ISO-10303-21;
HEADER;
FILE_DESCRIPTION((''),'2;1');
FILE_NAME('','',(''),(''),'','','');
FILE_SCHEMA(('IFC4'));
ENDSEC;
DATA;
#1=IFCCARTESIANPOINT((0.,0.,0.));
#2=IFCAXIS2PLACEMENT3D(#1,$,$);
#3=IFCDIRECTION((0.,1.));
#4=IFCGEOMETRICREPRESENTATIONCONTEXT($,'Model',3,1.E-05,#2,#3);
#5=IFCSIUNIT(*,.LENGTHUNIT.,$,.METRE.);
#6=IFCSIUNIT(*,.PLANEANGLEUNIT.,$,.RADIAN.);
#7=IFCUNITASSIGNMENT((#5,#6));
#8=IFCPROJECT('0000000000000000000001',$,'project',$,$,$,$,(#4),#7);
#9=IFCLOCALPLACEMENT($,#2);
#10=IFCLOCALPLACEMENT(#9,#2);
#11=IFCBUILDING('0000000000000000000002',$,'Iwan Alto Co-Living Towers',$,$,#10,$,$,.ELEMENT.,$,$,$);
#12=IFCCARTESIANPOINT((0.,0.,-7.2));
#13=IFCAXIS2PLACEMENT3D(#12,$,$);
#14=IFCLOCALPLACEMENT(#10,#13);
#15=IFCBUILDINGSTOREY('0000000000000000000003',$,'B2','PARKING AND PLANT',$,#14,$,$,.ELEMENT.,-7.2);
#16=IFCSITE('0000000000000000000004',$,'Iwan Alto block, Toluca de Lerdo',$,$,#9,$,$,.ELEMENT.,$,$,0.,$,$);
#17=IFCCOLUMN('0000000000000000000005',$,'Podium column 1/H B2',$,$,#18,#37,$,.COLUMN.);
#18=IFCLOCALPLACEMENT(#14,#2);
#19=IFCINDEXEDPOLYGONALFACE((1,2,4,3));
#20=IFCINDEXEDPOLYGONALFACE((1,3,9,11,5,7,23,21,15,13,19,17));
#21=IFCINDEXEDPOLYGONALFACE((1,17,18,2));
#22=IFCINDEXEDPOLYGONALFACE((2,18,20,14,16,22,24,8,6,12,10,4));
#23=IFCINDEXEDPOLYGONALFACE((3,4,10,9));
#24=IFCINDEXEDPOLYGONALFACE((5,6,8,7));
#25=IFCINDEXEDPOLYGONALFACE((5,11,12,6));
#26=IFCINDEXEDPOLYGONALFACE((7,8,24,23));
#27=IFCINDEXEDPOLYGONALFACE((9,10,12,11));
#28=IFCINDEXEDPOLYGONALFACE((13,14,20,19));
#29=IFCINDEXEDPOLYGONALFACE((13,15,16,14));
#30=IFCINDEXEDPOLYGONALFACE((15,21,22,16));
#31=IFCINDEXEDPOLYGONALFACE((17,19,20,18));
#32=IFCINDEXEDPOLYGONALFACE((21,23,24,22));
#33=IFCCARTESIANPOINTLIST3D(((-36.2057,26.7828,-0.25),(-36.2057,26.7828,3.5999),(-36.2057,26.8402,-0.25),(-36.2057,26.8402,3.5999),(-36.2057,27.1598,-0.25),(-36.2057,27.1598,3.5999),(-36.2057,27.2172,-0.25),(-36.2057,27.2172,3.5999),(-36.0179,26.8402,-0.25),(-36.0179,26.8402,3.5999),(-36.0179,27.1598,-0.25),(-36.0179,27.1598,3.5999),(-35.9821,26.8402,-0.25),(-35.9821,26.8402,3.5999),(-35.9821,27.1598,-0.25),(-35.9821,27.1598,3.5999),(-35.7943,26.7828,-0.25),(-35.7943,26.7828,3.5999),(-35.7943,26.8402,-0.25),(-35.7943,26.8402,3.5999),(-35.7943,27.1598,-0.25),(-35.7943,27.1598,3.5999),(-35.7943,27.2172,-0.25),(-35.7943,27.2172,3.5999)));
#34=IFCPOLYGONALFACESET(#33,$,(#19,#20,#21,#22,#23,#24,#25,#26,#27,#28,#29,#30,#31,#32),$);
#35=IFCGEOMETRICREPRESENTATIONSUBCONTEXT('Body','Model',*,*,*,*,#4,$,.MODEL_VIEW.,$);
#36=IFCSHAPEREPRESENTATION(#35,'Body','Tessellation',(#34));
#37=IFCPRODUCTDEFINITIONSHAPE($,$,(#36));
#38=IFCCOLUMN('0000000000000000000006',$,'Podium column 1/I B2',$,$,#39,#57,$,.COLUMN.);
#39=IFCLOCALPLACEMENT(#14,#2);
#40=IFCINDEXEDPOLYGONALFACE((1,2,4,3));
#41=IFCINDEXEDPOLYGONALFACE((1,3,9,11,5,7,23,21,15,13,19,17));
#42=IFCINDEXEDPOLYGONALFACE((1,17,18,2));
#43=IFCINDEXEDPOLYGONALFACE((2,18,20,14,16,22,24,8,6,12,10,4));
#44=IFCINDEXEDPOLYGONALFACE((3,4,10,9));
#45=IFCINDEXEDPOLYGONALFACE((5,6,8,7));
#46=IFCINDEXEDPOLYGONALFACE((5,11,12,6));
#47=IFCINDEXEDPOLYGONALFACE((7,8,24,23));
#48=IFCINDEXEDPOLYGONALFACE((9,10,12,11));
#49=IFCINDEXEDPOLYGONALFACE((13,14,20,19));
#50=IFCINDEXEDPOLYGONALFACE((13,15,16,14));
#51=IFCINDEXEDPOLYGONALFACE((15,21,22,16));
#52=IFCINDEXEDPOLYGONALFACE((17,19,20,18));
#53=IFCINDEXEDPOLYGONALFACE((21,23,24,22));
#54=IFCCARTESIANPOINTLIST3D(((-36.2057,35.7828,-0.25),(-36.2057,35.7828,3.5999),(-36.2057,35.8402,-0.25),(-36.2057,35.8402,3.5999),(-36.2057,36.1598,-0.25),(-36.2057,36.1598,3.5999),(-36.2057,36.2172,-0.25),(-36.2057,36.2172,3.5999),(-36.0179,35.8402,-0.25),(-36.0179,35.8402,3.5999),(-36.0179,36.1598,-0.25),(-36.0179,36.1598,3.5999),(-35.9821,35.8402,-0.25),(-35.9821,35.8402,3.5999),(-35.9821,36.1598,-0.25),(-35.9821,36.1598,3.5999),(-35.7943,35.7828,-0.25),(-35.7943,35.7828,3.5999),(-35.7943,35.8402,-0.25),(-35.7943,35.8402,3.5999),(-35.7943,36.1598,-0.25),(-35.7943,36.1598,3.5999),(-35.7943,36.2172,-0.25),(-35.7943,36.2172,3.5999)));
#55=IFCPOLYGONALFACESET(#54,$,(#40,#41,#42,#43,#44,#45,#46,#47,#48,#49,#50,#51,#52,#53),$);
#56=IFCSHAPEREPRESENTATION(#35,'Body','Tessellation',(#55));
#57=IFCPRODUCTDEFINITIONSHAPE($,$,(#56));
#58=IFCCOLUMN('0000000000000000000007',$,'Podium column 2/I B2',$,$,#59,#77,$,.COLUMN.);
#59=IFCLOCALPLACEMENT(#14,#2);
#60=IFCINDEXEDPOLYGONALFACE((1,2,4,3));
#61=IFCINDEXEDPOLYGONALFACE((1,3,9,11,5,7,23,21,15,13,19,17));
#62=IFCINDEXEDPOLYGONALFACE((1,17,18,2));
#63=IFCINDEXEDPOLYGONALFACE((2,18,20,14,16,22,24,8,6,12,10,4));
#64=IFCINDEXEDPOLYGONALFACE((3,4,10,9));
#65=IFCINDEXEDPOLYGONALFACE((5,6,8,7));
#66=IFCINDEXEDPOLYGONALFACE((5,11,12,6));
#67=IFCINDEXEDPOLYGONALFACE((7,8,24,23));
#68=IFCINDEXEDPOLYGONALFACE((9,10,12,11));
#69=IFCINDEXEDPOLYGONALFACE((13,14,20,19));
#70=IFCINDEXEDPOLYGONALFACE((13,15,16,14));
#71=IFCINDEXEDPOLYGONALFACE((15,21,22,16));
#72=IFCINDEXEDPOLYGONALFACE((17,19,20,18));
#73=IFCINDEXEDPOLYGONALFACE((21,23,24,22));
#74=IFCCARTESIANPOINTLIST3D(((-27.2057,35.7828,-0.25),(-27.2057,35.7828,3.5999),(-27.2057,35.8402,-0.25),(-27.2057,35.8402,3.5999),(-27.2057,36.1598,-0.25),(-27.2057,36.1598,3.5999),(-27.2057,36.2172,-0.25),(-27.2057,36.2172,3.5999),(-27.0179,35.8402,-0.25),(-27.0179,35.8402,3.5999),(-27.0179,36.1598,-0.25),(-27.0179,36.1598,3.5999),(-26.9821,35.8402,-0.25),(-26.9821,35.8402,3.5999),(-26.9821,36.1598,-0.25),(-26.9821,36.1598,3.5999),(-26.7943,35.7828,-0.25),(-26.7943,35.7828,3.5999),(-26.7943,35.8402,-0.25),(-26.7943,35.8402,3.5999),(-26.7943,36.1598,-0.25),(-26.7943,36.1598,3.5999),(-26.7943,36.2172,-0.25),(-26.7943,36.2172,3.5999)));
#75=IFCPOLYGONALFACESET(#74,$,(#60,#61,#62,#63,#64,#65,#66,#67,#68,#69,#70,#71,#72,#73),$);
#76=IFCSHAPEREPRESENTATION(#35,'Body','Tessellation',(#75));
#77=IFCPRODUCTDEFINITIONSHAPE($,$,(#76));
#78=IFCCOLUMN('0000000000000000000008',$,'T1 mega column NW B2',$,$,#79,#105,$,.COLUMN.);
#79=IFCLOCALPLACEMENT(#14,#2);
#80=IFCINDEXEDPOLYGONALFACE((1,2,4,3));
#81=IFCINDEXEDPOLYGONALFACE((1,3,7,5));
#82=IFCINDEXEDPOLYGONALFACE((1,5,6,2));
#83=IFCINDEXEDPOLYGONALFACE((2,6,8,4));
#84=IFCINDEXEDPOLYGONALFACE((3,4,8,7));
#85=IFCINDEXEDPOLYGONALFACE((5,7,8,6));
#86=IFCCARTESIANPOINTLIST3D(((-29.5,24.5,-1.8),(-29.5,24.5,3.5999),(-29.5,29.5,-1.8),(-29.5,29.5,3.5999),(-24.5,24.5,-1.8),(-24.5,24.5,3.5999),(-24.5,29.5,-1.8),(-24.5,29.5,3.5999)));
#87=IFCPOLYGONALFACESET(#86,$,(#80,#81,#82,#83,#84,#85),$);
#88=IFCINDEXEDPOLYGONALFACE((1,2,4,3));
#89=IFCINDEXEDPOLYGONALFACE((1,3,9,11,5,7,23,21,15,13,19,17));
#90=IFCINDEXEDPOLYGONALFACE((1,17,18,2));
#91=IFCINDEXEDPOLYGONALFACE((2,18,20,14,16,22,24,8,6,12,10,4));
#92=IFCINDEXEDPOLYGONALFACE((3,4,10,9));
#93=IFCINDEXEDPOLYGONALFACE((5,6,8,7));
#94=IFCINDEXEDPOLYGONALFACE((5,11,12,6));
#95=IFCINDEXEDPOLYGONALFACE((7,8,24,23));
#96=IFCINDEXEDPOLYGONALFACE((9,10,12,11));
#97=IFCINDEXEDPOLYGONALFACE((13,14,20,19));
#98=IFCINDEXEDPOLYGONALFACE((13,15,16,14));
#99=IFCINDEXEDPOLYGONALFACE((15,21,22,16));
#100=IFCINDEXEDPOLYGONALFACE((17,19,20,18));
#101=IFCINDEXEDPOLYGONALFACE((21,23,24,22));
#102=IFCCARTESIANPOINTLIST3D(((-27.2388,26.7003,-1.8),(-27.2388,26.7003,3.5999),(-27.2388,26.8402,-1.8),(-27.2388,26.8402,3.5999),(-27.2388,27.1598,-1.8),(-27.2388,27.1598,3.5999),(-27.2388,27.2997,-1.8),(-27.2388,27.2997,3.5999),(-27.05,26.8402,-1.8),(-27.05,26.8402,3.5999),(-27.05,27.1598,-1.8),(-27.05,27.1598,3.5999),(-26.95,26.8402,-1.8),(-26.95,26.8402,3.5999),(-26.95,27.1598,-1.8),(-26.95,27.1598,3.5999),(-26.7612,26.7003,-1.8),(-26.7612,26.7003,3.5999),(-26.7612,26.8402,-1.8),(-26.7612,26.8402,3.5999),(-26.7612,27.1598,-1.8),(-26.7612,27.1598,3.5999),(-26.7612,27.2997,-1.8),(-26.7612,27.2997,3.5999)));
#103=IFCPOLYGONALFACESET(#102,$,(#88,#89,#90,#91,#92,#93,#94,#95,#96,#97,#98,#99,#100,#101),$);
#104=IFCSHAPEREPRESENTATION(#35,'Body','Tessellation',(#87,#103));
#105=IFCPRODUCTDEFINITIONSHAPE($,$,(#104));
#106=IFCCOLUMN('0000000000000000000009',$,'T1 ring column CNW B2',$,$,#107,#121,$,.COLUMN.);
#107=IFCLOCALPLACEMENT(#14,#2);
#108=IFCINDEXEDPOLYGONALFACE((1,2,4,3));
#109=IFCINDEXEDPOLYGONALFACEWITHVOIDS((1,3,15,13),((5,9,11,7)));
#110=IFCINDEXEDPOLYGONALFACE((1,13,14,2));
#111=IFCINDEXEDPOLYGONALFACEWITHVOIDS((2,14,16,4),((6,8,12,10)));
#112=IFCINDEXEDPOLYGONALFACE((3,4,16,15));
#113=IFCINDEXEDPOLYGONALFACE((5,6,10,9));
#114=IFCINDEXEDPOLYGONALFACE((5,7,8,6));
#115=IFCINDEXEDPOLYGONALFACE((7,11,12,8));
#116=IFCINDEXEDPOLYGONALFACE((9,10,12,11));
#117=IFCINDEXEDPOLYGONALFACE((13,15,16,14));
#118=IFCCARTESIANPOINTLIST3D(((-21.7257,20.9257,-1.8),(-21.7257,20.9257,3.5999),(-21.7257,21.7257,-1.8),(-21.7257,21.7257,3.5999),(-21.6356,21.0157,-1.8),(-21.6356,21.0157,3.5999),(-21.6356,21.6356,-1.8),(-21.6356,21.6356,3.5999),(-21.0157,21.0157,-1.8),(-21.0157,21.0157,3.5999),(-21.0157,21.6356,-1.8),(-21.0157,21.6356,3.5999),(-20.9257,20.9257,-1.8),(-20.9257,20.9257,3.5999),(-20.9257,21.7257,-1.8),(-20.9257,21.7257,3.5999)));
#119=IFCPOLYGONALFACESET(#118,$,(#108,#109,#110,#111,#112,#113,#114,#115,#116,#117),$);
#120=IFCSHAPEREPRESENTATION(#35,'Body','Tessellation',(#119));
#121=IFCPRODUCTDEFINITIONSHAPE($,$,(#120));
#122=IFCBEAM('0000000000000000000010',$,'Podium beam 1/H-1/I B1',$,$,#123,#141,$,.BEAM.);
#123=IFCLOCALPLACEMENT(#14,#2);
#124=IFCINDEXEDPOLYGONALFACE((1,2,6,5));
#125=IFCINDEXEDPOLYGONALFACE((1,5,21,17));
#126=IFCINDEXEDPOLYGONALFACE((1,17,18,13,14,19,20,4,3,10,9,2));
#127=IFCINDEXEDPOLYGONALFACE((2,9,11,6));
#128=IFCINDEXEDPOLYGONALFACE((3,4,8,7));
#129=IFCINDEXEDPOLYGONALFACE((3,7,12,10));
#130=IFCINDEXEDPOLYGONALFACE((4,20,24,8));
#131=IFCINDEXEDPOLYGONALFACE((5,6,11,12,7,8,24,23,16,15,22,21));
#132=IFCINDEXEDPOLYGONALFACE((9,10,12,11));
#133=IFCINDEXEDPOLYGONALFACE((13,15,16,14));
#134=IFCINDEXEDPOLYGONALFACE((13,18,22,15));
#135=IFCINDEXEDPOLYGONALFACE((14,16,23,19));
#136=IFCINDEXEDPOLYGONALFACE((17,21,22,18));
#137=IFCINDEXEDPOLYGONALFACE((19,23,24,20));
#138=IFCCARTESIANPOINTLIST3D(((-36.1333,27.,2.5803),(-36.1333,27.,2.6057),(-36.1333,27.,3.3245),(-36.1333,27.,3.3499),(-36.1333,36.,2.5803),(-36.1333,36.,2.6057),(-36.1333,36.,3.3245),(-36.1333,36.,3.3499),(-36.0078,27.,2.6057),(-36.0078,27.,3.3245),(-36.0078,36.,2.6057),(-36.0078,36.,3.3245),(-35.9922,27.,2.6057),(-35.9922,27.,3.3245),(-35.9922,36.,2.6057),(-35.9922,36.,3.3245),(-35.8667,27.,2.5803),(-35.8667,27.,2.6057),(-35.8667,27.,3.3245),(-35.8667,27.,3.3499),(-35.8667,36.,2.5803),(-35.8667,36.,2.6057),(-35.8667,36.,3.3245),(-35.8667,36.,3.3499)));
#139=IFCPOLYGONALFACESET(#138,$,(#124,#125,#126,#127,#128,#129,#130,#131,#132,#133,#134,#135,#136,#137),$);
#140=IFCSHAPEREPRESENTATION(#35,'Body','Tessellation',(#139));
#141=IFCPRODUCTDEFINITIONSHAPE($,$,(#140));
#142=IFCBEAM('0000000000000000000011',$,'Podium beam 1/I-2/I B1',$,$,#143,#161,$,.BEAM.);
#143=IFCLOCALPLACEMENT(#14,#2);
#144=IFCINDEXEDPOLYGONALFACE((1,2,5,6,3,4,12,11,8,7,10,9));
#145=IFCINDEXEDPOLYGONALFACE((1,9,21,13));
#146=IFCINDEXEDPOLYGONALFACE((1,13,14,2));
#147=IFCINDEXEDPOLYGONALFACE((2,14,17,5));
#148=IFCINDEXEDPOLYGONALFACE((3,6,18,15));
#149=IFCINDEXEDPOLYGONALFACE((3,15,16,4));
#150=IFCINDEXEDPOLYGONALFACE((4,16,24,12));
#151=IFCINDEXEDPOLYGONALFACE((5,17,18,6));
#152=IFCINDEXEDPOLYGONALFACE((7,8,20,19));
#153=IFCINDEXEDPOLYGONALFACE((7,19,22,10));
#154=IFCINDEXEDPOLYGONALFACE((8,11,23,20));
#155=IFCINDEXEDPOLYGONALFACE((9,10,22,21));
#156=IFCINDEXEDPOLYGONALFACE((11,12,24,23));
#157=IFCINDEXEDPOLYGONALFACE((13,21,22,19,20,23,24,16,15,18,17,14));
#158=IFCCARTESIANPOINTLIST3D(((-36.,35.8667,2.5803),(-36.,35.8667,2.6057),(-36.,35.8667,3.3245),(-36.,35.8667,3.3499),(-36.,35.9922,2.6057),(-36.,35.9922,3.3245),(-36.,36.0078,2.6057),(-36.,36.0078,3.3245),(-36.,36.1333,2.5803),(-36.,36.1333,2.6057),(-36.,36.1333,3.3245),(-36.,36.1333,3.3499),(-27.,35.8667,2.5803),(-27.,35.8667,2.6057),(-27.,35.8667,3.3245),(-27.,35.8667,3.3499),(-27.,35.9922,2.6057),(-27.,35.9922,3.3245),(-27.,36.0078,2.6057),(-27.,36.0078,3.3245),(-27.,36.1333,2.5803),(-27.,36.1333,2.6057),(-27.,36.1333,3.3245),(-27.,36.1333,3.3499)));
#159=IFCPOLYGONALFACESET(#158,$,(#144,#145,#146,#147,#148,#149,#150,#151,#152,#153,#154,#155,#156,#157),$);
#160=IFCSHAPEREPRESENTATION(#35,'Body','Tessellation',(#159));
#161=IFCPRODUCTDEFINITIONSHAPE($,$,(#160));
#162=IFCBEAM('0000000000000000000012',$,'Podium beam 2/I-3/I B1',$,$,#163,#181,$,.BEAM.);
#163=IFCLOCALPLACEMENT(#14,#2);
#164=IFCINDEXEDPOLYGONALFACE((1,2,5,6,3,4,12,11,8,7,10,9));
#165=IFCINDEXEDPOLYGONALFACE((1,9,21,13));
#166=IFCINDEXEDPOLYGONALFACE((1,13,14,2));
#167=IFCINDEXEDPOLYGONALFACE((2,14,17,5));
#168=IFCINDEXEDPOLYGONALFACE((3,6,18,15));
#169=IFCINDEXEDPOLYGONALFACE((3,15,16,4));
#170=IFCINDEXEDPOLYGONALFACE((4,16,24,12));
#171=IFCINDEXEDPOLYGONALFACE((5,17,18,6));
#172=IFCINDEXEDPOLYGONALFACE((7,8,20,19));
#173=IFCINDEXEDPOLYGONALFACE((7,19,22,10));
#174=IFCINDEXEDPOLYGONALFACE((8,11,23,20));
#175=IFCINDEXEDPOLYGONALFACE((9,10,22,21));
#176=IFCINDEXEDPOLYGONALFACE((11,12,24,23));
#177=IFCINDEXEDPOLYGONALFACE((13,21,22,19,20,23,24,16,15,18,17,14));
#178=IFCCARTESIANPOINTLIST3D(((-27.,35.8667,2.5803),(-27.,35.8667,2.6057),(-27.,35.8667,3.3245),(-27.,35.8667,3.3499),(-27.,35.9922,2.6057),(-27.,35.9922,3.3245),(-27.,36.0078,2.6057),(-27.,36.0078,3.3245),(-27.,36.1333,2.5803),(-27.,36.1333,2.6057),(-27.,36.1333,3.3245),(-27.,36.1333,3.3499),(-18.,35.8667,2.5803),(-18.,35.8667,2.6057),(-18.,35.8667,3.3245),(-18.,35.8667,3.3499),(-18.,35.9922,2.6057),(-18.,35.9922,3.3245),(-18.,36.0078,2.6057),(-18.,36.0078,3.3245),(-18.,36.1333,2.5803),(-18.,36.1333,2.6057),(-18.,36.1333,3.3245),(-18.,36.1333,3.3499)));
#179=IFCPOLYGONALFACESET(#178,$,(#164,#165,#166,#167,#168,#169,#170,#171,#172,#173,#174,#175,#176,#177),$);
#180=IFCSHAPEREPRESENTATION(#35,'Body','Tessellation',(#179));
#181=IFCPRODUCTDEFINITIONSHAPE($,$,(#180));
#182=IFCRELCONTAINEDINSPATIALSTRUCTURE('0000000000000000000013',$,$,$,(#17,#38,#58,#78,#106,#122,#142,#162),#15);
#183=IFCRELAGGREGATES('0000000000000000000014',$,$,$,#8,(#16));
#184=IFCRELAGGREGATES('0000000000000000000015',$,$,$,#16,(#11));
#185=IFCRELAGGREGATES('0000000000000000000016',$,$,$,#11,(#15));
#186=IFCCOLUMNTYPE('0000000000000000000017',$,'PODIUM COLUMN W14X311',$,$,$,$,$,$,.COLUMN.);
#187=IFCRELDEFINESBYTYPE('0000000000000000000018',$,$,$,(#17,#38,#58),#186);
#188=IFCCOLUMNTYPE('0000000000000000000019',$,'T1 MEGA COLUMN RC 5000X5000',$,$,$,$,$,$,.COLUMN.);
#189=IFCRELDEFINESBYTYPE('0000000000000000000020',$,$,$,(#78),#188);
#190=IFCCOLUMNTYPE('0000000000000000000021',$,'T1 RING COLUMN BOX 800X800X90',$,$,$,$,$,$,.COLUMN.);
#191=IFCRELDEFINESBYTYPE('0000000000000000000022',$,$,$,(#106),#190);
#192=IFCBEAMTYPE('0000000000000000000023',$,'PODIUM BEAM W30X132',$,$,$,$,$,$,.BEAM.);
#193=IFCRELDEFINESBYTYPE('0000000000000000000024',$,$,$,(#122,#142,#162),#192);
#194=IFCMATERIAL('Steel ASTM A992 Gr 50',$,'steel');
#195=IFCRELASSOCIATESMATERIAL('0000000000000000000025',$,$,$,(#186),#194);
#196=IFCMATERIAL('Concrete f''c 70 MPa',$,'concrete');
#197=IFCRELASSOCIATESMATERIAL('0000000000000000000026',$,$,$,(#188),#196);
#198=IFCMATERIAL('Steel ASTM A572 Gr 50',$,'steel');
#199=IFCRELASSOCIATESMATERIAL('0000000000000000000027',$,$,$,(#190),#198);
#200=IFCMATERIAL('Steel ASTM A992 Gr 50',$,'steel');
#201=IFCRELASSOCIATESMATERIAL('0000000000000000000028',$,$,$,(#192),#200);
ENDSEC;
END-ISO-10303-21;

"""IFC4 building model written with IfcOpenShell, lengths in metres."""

from ifc_helpers import new_model, si_unit, direction, frame, origin, origin_2d, place, context, subcontext, project, spatial, rectangle, hollow_rectangle, i_section, extrude, material, material_profile, profile_set, type_object, element, save


model = new_model("IFC4")

# Units and contexts
model_context = context("Model", 3, precision=1e-05, world=origin(), true_north=direction((0.0, 1.0)))
body_context = subcontext(model_context, "Body", "Model", "MODEL_VIEW")
ifc_project = project(units=[si_unit("LENGTHUNIT", "METRE"), si_unit("PLANEANGLEUNIT", "RADIAN")], contexts=[model_context])

# Site, building, storey
site_placement = place(None, origin())
site = spatial("IfcSite", under=ifc_project, at=site_placement, Name="Iwan Alto block, Toluca de Lerdo", CompositionType="ELEMENT", RefElevation=0.0)
building_placement = place(site_placement, origin())
building = spatial("IfcBuilding", under=site, at=building_placement, Name="Iwan Alto Co-Living Towers", CompositionType="ELEMENT")
storey_placement = place(building_placement, frame((0.0, 0.0, -7.2)))
storey = spatial("IfcBuildingStorey", under=building, at=storey_placement, Name="B2", Description="PARKING AND PLANT", CompositionType="ELEMENT", Elevation=-7.2)

# Columns
ifc_material_1 = material(Name="Steel ASTM A992 Gr 50", Category="steel")
ifc_material_profile_1 = material_profile(ifc_material_1, i_section(OverallWidth=0.4114, OverallDepth=0.4343, WebThickness=0.0359, FlangeThickness=0.0574, at=origin_2d()), Name="W14X311")
ifc_profile_set_1 = profile_set([ifc_material_profile_1], Name="Steel ASTM A992 Gr 50")
column_type_1 = type_object("IfcColumnType", Name="PODIUM COLUMN W14X311", PredefinedType="COLUMN", material=ifc_profile_set_1)
for number, where, z_axis, x_axis, name in (
    (1, (-36.0, 27.0, -0.25), (0.0, 0.0, 1.0), (1.0, 0.0, 0.0), "Podium column 1/H B2"),
    (2, (-36.0, 36.0, -0.25), (0.0, 0.0, 1.0), (1.0, 0.0, 0.0), "Podium column 1/I B2"),
    (3, (-27.0, 36.0, -0.25), (0.0, 0.0, 1.0), (1.0, 0.0, 0.0), "Podium column 2/I B2"),
):
    element("IfcColumn", number, at=place(storey_placement, frame(where, z_axis=z_axis, x_axis=x_axis)), inside=storey, type_object=column_type_1, Name=name, PredefinedType="COLUMN", context=body_context, shape_type="SweptSolid", body=[
        extrude(i_section(OverallWidth=0.4114, OverallDepth=0.4343, WebThickness=0.0359, FlangeThickness=0.0574, at=origin_2d()), origin(), (0.0, 0.0, 1.0), 3.8499),
    ])
ifc_material_2 = material(Name="Concrete f'c 70 MPa", Category="concrete")
ifc_material_profile_2 = material_profile(ifc_material_2, rectangle(XDim=5.0, YDim=5.0, at=origin_2d()), Name="RC 5000X5000")
ifc_profile_set_2 = profile_set([ifc_material_profile_2], Name="Concrete f'c 70 MPa")
column_type_2 = type_object("IfcColumnType", Name="T1 MEGA COLUMN RC 5000X5000", PredefinedType="COLUMN", material=ifc_profile_set_2)
column_1_placement = place(storey_placement, frame((-27.0, 27.0, -1.8), z_axis=(0.0, 0.0, 1.0), x_axis=(1.0, 0.0, 0.0)))
element("IfcColumn", 4, at=column_1_placement, inside=storey, type_object=column_type_2, Name="T1 mega column NW B2", PredefinedType="COLUMN", context=body_context, shape_type="SweptSolid", body=[
    extrude(rectangle(XDim=5.0, YDim=5.0, at=origin_2d()), origin(), (0.0, 0.0, 1.0), 5.3999),
    extrude(i_section(OverallWidth=0.4775, OverallDepth=0.5994, WebThickness=0.1001, FlangeThickness=0.1399, at=origin_2d()), origin(), (0.0, 0.0, 1.0), 5.3999),
])
ifc_material_3 = material(Name="Steel ASTM A572 Gr 50", Category="steel")
ifc_material_profile_3 = material_profile(ifc_material_3, hollow_rectangle(XDim=0.8, YDim=0.8, WallThickness=0.0901, at=origin_2d()), Name="BOX 800X800X90")
ifc_profile_set_3 = profile_set([ifc_material_profile_3], Name="Steel ASTM A572 Gr 50")
column_type_3 = type_object("IfcColumnType", Name="T1 RING COLUMN BOX 800X800X90", PredefinedType="COLUMN", material=ifc_profile_set_3)
column_2_placement = place(storey_placement, frame((-21.3257, 21.3257, -1.8), z_axis=(0.0, 0.0, 1.0), x_axis=(1.0, 0.0, 0.0)))
element("IfcColumn", 5, at=column_2_placement, inside=storey, type_object=column_type_3, Name="T1 ring column CNW B2", PredefinedType="COLUMN", context=body_context, shape_type="SweptSolid", body=[
    extrude(hollow_rectangle(XDim=0.8, YDim=0.8, WallThickness=0.0901, at=origin_2d()), origin(), (0.0, 0.0, 1.0), 5.3999),
])

# Beams
ifc_material_4 = material(Name="Steel ASTM A992 Gr 50", Category="steel")
ifc_material_profile_4 = material_profile(ifc_material_4, i_section(OverallWidth=0.2666, OverallDepth=0.7695, WebThickness=0.0156, FlangeThickness=0.0254, at=origin_2d()), Name="W30X132")
ifc_profile_set_4 = profile_set([ifc_material_profile_4], Name="Steel ASTM A992 Gr 50")
beam_type_1 = type_object("IfcBeamType", Name="PODIUM BEAM W30X132", PredefinedType="BEAM", material=ifc_profile_set_4)
for number, where, z_axis, x_axis, name in (
    (6, (-36.0, 27.0, 2.9651), (0.0, 1.0, 0.0), (-1.0, 0.0, 0.0), "Podium beam 1/H-1/I B1"),
    (7, (-36.0, 36.0, 2.9651), (1.0, 0.0, 0.0), (0.0, 1.0, 0.0), "Podium beam 1/I-2/I B1"),
    (8, (-27.0, 36.0, 2.9651), (1.0, 0.0, 0.0), (0.0, 1.0, 0.0), "Podium beam 2/I-3/I B1"),
):
    element("IfcBeam", number, at=place(storey_placement, frame(where, z_axis=z_axis, x_axis=x_axis)), inside=storey, type_object=beam_type_1, Name=name, PredefinedType="BEAM", context=body_context, shape_type="SweptSolid", body=[
        extrude(i_section(OverallWidth=0.2666, OverallDepth=0.7695, WebThickness=0.0156, FlangeThickness=0.0254, at=origin_2d()), origin(), (0.0, 0.0, 1.0), 9.0),
    ])

save(model, "model.ifc")
